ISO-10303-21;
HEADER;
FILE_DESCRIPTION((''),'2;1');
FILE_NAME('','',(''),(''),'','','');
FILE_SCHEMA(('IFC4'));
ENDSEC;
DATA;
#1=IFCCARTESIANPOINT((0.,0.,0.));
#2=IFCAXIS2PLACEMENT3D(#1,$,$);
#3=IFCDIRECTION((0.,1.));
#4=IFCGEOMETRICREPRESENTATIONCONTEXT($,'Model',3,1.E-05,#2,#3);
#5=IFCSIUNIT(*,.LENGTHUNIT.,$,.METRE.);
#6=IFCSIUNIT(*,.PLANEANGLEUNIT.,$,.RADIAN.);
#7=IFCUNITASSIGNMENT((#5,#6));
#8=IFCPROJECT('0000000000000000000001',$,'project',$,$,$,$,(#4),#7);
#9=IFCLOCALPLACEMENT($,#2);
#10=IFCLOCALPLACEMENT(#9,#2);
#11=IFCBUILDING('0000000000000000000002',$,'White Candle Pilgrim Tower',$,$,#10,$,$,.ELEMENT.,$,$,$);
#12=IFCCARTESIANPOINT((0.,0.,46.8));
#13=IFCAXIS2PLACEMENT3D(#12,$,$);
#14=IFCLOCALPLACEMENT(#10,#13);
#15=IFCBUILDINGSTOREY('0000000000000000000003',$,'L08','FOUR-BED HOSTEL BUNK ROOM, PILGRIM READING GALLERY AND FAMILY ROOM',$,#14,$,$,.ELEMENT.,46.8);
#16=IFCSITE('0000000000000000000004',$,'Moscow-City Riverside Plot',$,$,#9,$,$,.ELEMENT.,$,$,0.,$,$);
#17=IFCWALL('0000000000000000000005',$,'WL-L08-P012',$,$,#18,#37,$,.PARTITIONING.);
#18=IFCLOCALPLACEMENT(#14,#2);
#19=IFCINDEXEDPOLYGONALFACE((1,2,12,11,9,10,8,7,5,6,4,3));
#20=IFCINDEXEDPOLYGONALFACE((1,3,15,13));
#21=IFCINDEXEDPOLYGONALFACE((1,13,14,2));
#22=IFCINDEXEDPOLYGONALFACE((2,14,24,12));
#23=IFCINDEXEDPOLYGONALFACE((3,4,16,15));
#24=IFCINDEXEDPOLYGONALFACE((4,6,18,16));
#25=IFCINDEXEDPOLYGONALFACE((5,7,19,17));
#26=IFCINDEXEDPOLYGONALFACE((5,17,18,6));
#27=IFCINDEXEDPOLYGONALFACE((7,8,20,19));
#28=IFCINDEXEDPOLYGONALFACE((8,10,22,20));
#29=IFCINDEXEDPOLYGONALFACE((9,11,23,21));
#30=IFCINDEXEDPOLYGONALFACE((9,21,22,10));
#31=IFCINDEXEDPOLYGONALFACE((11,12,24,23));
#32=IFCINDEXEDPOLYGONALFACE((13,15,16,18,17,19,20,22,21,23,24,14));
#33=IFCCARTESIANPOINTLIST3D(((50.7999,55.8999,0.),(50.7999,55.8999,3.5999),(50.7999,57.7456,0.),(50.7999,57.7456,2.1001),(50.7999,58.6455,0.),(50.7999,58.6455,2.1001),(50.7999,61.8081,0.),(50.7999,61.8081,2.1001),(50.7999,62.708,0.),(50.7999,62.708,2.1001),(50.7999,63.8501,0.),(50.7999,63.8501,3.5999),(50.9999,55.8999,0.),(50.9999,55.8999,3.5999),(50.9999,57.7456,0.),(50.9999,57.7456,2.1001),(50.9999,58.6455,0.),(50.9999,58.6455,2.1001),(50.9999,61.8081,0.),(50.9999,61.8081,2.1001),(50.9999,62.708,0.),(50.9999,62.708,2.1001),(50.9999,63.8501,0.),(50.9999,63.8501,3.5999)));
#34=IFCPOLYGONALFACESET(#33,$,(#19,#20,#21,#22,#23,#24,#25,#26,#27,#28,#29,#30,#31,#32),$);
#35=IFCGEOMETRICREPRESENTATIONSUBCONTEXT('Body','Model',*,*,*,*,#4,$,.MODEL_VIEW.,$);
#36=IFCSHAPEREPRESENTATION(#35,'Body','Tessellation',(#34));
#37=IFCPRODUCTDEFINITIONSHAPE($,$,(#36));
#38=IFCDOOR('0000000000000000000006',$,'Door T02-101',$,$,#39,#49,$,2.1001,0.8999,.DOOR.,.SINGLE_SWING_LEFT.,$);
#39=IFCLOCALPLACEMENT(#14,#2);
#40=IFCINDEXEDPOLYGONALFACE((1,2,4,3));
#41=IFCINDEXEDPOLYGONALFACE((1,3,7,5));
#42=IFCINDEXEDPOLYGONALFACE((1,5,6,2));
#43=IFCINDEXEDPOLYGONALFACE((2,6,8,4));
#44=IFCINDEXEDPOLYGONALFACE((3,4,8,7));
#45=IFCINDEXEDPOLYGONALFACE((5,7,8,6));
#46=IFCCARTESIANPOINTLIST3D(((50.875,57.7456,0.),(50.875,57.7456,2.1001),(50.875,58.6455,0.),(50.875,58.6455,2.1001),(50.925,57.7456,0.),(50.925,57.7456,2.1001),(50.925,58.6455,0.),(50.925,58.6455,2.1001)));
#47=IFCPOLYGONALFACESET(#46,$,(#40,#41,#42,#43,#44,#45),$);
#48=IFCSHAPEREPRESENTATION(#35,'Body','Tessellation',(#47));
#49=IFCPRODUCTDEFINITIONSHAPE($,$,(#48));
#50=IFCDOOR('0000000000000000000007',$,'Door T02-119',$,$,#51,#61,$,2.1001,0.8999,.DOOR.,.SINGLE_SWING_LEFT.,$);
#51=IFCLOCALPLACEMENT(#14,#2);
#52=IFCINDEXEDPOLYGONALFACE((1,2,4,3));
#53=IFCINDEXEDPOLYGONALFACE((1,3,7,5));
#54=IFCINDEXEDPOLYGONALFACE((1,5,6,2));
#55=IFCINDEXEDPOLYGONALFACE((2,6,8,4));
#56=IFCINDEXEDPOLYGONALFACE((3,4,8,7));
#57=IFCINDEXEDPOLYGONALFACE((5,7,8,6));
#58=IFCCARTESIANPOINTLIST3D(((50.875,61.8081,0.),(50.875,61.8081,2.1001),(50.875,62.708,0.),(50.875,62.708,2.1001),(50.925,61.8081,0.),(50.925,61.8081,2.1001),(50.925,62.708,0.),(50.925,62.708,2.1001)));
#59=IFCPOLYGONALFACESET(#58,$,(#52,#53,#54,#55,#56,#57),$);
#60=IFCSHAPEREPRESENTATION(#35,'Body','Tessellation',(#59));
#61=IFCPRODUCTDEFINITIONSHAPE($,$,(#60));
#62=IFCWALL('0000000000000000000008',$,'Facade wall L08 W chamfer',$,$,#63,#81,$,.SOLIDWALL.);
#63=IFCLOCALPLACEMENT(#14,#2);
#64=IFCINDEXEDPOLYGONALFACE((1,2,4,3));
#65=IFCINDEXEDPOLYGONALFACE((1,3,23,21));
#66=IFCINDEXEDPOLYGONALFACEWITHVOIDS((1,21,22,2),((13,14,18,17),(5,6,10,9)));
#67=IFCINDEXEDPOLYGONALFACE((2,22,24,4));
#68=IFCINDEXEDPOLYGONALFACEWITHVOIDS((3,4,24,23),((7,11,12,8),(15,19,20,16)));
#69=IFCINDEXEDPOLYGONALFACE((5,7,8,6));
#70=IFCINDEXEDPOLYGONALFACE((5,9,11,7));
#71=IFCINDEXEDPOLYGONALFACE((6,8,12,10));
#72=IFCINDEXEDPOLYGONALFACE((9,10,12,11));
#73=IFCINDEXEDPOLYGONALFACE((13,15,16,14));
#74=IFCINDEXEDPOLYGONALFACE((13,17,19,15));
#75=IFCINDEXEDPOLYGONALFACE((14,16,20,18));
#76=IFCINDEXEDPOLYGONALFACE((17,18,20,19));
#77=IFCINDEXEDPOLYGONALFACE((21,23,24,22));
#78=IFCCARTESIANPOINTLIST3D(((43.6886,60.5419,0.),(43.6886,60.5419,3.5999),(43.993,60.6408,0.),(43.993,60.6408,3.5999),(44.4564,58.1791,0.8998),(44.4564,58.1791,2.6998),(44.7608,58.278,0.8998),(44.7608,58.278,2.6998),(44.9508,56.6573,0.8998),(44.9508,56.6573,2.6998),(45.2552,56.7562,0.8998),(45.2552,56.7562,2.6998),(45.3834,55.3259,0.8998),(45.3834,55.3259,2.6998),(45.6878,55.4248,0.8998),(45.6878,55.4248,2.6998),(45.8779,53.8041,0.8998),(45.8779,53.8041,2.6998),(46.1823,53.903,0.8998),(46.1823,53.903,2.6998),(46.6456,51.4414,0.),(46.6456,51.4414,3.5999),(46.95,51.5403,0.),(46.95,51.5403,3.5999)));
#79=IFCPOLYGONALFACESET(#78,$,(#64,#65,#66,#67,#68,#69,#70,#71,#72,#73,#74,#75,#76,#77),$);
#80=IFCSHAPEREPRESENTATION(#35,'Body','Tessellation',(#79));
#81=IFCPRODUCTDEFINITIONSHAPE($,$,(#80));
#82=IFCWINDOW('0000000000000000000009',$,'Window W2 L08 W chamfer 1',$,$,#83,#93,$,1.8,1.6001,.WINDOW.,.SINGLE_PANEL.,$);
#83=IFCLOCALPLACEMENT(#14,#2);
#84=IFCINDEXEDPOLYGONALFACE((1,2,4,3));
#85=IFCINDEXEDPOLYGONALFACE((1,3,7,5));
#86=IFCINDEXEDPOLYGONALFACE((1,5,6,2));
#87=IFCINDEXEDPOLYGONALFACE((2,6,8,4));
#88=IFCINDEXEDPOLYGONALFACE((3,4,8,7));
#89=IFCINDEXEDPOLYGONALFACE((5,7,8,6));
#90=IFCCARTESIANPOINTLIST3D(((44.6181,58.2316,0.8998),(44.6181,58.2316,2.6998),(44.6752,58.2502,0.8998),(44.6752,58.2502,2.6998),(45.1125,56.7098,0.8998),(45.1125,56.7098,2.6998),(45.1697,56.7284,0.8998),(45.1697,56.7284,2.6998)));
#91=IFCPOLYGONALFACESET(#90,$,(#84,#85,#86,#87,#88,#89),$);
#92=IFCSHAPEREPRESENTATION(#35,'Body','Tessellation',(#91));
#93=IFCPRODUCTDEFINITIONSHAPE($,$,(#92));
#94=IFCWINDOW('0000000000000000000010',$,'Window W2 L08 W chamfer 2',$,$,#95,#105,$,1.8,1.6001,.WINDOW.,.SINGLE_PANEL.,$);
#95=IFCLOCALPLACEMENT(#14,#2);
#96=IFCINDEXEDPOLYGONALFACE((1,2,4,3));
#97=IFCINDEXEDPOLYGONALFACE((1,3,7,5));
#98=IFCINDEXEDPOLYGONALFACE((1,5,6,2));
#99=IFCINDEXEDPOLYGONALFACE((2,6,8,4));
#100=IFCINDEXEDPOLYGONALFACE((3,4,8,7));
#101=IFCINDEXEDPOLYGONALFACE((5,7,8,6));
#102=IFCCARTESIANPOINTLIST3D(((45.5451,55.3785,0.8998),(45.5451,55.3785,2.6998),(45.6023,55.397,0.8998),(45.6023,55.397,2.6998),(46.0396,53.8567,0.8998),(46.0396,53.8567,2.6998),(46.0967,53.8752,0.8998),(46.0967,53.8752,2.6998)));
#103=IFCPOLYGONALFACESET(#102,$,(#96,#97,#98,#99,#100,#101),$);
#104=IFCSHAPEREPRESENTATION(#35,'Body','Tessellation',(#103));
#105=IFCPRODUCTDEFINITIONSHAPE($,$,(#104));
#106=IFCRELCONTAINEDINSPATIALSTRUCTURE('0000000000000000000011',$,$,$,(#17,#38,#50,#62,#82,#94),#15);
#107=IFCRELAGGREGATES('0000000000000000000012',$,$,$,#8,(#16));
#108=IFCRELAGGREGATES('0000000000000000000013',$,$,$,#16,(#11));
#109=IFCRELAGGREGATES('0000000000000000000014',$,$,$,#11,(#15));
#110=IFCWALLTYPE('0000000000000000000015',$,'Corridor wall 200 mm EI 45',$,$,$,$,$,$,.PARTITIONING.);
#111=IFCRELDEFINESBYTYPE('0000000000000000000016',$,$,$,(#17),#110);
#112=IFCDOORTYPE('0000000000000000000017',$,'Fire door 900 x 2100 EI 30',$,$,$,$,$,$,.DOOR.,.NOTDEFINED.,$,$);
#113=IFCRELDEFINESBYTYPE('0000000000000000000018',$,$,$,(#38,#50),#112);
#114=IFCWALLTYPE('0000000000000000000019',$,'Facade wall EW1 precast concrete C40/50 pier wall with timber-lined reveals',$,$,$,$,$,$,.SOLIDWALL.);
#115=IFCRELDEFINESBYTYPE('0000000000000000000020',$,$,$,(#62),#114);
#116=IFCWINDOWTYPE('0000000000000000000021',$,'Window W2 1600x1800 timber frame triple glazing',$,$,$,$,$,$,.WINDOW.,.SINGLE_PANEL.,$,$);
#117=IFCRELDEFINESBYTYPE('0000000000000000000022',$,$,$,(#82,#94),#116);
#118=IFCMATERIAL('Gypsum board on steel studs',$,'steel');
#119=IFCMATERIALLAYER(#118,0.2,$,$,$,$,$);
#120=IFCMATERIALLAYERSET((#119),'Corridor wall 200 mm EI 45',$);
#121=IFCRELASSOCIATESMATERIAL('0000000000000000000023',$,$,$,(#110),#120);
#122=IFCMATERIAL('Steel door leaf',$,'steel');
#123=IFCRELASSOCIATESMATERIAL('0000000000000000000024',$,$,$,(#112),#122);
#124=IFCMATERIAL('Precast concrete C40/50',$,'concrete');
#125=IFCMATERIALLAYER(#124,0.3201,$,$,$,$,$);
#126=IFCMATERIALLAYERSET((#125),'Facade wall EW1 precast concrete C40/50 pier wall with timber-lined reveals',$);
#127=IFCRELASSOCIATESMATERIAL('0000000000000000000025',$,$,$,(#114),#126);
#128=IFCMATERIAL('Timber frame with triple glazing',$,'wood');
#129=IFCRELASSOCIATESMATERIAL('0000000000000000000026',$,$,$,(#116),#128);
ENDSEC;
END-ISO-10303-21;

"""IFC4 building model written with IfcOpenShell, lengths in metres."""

from ifc_helpers import new_model, si_unit, direction, frame, frame_2d, origin, place, context, subcontext, project, spatial, rectangle, extrude, material, layer, layer_set, type_object, element, fill, save


model = new_model("IFC4")

# Units and contexts
model_context = context("Model", 3, precision=1e-05, world=origin(), true_north=direction((0.0, 1.0)))
body_context = subcontext(model_context, "Body", "Model", "MODEL_VIEW")
ifc_project = project(units=[si_unit("LENGTHUNIT", "METRE"), si_unit("PLANEANGLEUNIT", "RADIAN")], contexts=[model_context])

# Site, building, storey
site_placement = place(None, origin())
site = spatial("IfcSite", under=ifc_project, at=site_placement, Name="Moscow-City Riverside Plot", CompositionType="ELEMENT", RefElevation=0.0)
building_placement = place(site_placement, origin())
building = spatial("IfcBuilding", under=site, at=building_placement, Name="White Candle Pilgrim Tower", CompositionType="ELEMENT")
storey_placement = place(building_placement, frame((0.0, 0.0, 46.8)))
storey = spatial("IfcBuildingStorey", under=building, at=storey_placement, Name="L08", Description="FOUR-BED HOSTEL BUNK ROOM, PILGRIM READING GALLERY AND FAMILY ROOM", CompositionType="ELEMENT", Elevation=46.8)

# Wall, openings, doors
ifc_material_1 = material(Name="Gypsum board on steel studs", Category="steel")
ifc_layer_1 = layer(ifc_material_1, 0.2)
ifc_layer_set_1 = layer_set([ifc_layer_1], Name="Corridor wall 200 mm EI 45")
wall_type_1 = type_object("IfcWallType", Name="Corridor wall 200 mm EI 45", PredefinedType="PARTITIONING", material=ifc_layer_set_1)
wall_1_placement = place(storey_placement, frame((50.8999, 55.8999, 0.0), z_axis=(0.0, 0.0, 1.0), x_axis=(0.0, 1.0, 0.0)))
wall_1 = element("IfcWall", 1, at=wall_1_placement, inside=storey, type_object=wall_type_1, Name="WL-L08-P012", PredefinedType="PARTITIONING", context=body_context, shape_type="SweptSolid", body=[
    extrude(rectangle(XDim=7.9502, YDim=0.2, at=frame_2d((3.9751, 0.0))), origin(), (0.0, 0.0, 1.0), 3.5999),
])
opening_1_placement = place(wall_1_placement, frame((1.8457, 0.0, 0.0)))
opening_1 = element("IfcOpeningElement", 2, at=opening_1_placement, cuts=wall_1, PredefinedType="OPENING", context=body_context, shape_type="SweptSolid", body=[
    extrude(rectangle(XDim=0.8999, YDim=2.1001, at=frame_2d((0.45, 1.05))), frame((0.0, 0.1099, 0.0), z_axis=(0.0, -1.0, 0.0), x_axis=(1.0, 0.0, 0.0)), (0.0, 0.0, 1.0), 0.22),
])
opening_2_placement = place(wall_1_placement, frame((5.9082, 0.0, 0.0)))
opening_2 = element("IfcOpeningElement", 3, at=opening_2_placement, cuts=wall_1, PredefinedType="OPENING", context=body_context, shape_type="SweptSolid", body=[
    extrude(rectangle(XDim=0.8999, YDim=2.1001, at=frame_2d((0.45, 1.05))), frame((0.0, 0.1099, 0.0), z_axis=(0.0, -1.0, 0.0), x_axis=(1.0, 0.0, 0.0)), (0.0, 0.0, 1.0), 0.22),
])
ifc_material_2 = material(Name="Steel door leaf", Category="steel")
door_type = type_object("IfcDoorType", Name="Fire door 900 x 2100 EI 30", OperationType="NOTDEFINED", PredefinedType="DOOR", material=ifc_material_2)
door_1_placement = place(opening_1_placement, origin())
door_1 = element("IfcDoor", 4, at=door_1_placement, inside=storey, type_object=door_type, Name="Door T02-101", OperationType="SINGLE_SWING_LEFT", OverallHeight=2.1001, OverallWidth=0.8999, PredefinedType="DOOR", context=body_context, shape_type="SweptSolid", body=[
    extrude(rectangle(XDim=0.8999, YDim=2.1001, at=frame_2d((0.45, 1.05))), frame((0.0, 0.0249, 0.0), z_axis=(0.0, -1.0, 0.0), x_axis=(1.0, 0.0, 0.0)), (0.0, 0.0, 1.0), 0.05),
])
fill(opening_1, door_1)
door_2_placement = place(opening_2_placement, origin())
door_2 = element("IfcDoor", 5, at=door_2_placement, inside=storey, type_object=door_type, Name="Door T02-119", OperationType="SINGLE_SWING_LEFT", OverallHeight=2.1001, OverallWidth=0.8999, PredefinedType="DOOR", context=body_context, shape_type="SweptSolid", body=[
    extrude(rectangle(XDim=0.8999, YDim=2.1001, at=frame_2d((0.45, 1.05))), frame((0.0, 0.0249, 0.0), z_axis=(0.0, -1.0, 0.0), x_axis=(1.0, 0.0, 0.0)), (0.0, 0.0, 1.0), 0.05),
])
fill(opening_2, door_2)

# Wall, openings, windows
ifc_material_3 = material(Name="Precast concrete C40/50", Category="concrete")
ifc_layer_2 = layer(ifc_material_3, 0.3201)
ifc_layer_set_2 = layer_set([ifc_layer_2], Name="Facade wall EW1 precast concrete C40/50 pier wall with timber-lined reveals")
wall_type_2 = type_object("IfcWallType", Name="Facade wall EW1 precast concrete C40/50 pier wall with timber-lined reveals", PredefinedType="SOLIDWALL", material=ifc_layer_set_2)
wall_2_placement = place(storey_placement, frame((43.8408, 60.5913, 0.0), z_axis=(0.0, 0.0, 1.0), x_axis=(0.309024, -0.951054, 0.0)))
wall_2 = element("IfcWall", 6, at=wall_2_placement, inside=storey, type_object=wall_type_2, Name="Facade wall L08 W chamfer", PredefinedType="SOLIDWALL", context=body_context, shape_type="SweptSolid", body=[
    extrude(rectangle(XDim=9.5688, YDim=0.3201, at=frame_2d((4.7844, 0.0))), origin(), (0.0, 0.0, 1.0), 3.5999),
])
opening_3_placement = place(wall_2_placement, frame((2.4844, 0.0, 0.8999)))
opening_3 = element("IfcOpeningElement", 7, at=opening_3_placement, cuts=wall_2, PredefinedType="OPENING", context=body_context, shape_type="SweptSolid", body=[
    extrude(rectangle(XDim=1.6001, YDim=1.8, at=frame_2d((0.8, 0.8999))), frame((0.0, 0.1699, 0.0), z_axis=(0.0, -1.0, 0.0), x_axis=(1.0, 0.0, 0.0)), (0.0, 0.0, 1.0), 0.3401),
])
opening_4_placement = place(wall_2_placement, frame((5.4844, 0.0, 0.8999)))
opening_4 = element("IfcOpeningElement", 8, at=opening_4_placement, cuts=wall_2, PredefinedType="OPENING", context=body_context, shape_type="SweptSolid", body=[
    extrude(rectangle(XDim=1.6001, YDim=1.8, at=frame_2d((0.8, 0.8999))), frame((0.0, 0.1699, 0.0), z_axis=(0.0, -1.0, 0.0), x_axis=(1.0, 0.0, 0.0)), (0.0, 0.0, 1.0), 0.3401),
])
ifc_material_4 = material(Name="Timber frame with triple glazing", Category="wood")
window_type_1 = type_object("IfcWindowType", Name="Window W2 1600x1800 timber frame triple glazing", PartitioningType="SINGLE_PANEL", PredefinedType="WINDOW", material=ifc_material_4)
window_1_placement = place(opening_3_placement, origin())
window_1 = element("IfcWindow", 9, at=window_1_placement, inside=storey, type_object=window_type_1, Name="Window W2 L08 W chamfer 1", OverallHeight=1.8, OverallWidth=1.6001, PartitioningType="SINGLE_PANEL", PredefinedType="WINDOW", context=body_context, shape_type="SweptSolid", body=[
    extrude(rectangle(XDim=1.6001, YDim=1.8, at=frame_2d((0.8, 0.8999))), frame((0.0, 0.0701, 0.0), z_axis=(0.0, -1.0, 0.0), x_axis=(1.0, 0.0, 0.0)), (0.0, 0.0, 1.0), 0.0601),
])
fill(opening_3, window_1)
window_2_placement = place(opening_4_placement, origin())
window_2 = element("IfcWindow", 10, at=window_2_placement, inside=storey, type_object=window_type_1, Name="Window W2 L08 W chamfer 2", OverallHeight=1.8, OverallWidth=1.6001, PartitioningType="SINGLE_PANEL", PredefinedType="WINDOW", context=body_context, shape_type="SweptSolid", body=[
    extrude(rectangle(XDim=1.6001, YDim=1.8, at=frame_2d((0.8, 0.8999))), frame((0.0, 0.0701, 0.0), z_axis=(0.0, -1.0, 0.0), x_axis=(1.0, 0.0, 0.0)), (0.0, 0.0, 1.0), 0.0601),
])
fill(opening_4, window_2)

save(model, "model.ifc")
